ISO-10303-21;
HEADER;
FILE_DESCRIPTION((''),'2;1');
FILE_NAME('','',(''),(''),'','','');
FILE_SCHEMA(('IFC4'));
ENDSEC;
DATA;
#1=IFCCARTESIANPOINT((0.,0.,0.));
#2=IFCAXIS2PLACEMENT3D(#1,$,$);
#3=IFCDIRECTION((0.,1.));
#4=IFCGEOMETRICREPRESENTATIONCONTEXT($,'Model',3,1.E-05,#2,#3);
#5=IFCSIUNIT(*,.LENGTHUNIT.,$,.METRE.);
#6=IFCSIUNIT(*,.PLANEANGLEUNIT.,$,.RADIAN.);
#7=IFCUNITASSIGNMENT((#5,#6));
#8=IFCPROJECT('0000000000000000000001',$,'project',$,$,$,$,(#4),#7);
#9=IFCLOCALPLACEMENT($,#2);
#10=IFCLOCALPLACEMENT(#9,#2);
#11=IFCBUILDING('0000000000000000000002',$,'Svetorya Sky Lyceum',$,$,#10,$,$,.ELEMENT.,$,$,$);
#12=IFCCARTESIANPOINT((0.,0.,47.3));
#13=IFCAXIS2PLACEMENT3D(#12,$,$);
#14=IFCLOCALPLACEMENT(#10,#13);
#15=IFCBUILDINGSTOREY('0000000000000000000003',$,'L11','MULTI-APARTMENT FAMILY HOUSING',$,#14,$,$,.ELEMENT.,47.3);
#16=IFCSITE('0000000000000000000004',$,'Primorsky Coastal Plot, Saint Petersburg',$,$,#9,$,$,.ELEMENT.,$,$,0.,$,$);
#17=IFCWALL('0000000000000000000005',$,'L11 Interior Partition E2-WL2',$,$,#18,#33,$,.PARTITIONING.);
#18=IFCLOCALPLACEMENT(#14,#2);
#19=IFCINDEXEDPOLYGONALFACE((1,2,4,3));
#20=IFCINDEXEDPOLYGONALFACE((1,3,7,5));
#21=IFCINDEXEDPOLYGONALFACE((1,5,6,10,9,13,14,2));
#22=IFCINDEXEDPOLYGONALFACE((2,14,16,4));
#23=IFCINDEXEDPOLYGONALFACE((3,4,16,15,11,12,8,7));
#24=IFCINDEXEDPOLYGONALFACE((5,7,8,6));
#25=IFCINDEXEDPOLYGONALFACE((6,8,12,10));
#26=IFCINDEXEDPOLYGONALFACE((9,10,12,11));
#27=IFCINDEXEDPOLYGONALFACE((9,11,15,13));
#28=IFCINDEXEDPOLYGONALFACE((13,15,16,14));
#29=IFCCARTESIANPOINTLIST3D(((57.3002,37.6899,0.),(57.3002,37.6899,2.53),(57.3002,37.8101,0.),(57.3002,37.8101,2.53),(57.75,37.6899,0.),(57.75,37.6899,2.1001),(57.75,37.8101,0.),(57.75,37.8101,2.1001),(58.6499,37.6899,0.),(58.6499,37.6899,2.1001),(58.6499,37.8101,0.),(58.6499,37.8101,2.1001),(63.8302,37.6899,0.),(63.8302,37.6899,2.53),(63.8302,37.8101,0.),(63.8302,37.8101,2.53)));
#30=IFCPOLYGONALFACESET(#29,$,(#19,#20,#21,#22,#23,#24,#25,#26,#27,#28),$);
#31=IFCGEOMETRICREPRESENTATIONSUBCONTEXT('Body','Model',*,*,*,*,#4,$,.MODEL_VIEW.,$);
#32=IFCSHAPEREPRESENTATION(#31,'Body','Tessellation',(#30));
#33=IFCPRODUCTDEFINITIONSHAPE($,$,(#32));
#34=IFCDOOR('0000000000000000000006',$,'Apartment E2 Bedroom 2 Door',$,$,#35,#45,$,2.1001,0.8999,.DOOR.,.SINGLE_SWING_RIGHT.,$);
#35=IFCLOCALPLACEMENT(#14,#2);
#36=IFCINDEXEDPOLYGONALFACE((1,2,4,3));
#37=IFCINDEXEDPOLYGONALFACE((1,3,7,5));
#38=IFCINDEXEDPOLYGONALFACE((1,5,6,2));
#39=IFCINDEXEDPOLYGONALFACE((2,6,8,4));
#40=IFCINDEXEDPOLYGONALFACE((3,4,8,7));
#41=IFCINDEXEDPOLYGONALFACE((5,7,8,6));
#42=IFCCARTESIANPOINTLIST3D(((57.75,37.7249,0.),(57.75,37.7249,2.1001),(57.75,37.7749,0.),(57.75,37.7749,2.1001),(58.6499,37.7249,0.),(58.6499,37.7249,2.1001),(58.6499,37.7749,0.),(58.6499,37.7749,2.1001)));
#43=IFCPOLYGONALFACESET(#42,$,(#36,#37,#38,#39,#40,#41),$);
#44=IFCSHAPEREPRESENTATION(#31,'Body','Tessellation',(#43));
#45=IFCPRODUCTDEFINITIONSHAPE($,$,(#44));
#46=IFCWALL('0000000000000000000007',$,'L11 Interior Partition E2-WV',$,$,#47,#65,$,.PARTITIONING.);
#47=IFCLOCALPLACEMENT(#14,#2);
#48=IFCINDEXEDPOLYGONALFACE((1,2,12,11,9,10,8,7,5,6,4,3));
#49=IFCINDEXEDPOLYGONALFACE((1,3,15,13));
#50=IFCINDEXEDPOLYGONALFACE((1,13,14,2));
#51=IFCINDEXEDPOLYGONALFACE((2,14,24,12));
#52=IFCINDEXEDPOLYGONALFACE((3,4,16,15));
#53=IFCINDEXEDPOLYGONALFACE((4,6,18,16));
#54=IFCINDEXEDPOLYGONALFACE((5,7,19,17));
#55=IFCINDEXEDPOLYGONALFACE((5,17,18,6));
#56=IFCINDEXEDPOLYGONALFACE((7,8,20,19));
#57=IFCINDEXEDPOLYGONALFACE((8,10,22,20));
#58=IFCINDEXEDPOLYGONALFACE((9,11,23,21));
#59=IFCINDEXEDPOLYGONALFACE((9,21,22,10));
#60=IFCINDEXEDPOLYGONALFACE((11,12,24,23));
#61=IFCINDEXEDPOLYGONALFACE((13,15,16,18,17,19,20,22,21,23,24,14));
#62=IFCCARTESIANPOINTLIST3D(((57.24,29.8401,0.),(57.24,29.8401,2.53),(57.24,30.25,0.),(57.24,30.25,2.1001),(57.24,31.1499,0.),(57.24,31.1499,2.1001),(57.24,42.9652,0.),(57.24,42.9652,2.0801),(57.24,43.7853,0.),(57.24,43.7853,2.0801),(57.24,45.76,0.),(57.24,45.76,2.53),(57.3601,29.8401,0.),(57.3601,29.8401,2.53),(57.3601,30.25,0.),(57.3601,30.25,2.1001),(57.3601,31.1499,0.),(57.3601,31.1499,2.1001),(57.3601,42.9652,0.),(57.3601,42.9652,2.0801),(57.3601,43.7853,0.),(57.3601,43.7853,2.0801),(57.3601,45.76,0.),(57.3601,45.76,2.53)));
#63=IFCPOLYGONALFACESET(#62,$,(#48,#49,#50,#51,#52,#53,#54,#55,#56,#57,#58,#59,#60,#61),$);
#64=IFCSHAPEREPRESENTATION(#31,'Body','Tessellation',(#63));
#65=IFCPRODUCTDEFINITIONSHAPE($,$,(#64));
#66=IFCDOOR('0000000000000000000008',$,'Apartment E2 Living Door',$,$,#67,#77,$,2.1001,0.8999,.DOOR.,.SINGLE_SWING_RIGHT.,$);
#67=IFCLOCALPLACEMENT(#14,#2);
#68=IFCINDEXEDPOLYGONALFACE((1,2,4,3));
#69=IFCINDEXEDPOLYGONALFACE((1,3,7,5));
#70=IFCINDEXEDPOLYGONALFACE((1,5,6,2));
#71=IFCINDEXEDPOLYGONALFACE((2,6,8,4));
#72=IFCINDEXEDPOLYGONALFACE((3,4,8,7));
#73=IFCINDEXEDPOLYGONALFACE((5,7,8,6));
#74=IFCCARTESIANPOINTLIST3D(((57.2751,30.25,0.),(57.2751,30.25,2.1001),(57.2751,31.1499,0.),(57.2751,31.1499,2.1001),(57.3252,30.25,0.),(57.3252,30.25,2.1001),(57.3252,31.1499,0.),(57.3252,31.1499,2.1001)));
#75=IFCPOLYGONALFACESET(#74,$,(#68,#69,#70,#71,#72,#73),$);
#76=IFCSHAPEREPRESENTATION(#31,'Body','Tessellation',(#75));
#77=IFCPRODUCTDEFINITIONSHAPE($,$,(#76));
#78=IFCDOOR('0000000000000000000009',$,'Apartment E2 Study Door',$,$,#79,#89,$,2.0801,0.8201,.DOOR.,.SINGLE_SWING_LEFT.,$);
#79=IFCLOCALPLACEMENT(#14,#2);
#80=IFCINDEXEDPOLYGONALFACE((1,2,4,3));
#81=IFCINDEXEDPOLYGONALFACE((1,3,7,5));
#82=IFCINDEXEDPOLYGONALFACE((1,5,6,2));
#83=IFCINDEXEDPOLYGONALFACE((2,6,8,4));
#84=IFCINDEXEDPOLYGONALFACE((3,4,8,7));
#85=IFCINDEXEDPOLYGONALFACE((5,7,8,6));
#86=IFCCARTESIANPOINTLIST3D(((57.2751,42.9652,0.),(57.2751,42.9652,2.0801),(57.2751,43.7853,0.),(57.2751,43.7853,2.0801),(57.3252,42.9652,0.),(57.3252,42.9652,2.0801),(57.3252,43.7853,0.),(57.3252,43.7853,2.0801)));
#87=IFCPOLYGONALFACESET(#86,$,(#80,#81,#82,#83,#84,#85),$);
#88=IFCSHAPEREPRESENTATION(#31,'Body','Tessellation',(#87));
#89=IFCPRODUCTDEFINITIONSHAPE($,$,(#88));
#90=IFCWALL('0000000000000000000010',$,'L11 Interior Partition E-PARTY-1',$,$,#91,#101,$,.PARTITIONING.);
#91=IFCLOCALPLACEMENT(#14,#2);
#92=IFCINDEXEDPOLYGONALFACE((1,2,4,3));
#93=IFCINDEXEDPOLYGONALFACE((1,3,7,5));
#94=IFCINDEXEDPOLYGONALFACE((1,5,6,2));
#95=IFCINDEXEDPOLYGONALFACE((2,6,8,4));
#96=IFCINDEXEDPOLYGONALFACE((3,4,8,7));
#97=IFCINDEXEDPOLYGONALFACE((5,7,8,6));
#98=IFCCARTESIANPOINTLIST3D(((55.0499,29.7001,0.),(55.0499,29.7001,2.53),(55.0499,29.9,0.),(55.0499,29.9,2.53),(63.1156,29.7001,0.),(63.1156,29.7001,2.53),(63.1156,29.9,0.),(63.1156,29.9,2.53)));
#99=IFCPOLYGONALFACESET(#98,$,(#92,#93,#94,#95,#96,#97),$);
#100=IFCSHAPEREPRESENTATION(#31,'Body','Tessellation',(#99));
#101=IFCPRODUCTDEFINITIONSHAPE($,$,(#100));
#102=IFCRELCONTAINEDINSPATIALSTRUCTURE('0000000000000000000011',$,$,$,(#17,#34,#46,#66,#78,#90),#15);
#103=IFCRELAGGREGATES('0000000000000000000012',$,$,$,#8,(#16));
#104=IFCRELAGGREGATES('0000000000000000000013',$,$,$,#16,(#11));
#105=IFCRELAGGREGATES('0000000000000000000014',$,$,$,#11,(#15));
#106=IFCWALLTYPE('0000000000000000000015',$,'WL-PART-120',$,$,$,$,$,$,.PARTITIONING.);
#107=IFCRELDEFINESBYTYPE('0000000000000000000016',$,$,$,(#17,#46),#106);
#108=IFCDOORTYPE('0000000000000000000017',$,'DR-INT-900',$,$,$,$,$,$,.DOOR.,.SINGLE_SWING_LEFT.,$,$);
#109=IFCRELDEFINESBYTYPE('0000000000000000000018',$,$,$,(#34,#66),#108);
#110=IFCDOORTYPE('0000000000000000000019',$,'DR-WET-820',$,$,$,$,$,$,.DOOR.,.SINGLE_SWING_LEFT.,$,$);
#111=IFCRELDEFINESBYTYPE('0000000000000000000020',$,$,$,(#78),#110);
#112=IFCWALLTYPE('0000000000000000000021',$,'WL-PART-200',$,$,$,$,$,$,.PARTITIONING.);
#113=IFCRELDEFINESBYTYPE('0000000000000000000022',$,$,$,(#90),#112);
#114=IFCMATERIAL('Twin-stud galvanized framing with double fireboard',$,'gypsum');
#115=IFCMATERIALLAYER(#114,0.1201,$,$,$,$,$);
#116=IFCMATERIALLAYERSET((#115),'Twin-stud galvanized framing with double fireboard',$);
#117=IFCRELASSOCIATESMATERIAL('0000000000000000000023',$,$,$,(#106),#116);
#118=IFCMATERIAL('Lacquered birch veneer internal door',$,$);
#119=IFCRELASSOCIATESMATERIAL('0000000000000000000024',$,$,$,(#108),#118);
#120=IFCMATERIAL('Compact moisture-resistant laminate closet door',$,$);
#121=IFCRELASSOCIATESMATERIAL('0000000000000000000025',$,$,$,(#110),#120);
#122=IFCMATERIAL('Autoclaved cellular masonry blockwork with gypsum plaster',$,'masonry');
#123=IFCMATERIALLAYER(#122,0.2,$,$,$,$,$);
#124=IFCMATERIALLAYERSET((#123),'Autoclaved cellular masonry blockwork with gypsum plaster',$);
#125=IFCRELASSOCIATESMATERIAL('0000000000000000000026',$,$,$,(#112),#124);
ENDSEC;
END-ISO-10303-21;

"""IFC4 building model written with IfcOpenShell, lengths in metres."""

from ifc_helpers import new_model, si_unit, direction, frame, frame_2d, origin, place, context, subcontext, project, spatial, rectangle, extrude, material, layer, layer_set, type_object, element, fill, save


model = new_model("IFC4")

# Units and contexts
model_context = context("Model", 3, precision=1e-05, world=origin(), true_north=direction((0.0, 1.0)))
body_context = subcontext(model_context, "Body", "Model", "MODEL_VIEW")
ifc_project = project(units=[si_unit("LENGTHUNIT", "METRE"), si_unit("PLANEANGLEUNIT", "RADIAN")], contexts=[model_context])

# Site, building, storey
site_placement = place(None, origin())
site = spatial("IfcSite", under=ifc_project, at=site_placement, Name="Primorsky Coastal Plot, Saint Petersburg", CompositionType="ELEMENT", RefElevation=0.0)
building_placement = place(site_placement, origin())
building = spatial("IfcBuilding", under=site, at=building_placement, Name="Svetorya Sky Lyceum", CompositionType="ELEMENT")
storey_placement = place(building_placement, frame((0.0, 0.0, 47.3)))
storey = spatial("IfcBuildingStorey", under=building, at=storey_placement, Name="L11", Description="MULTI-APARTMENT FAMILY HOUSING", CompositionType="ELEMENT", Elevation=47.3)

# Wall, opening, door
ifc_material_1 = material(Name="Twin-stud galvanized framing with double fireboard", Category="gypsum")
ifc_layer_1 = layer(ifc_material_1, 0.1201)
ifc_layer_set_1 = layer_set([ifc_layer_1], Name="Twin-stud galvanized framing with double fireboard")
wall_type_1 = type_object("IfcWallType", Name="WL-PART-120", PredefinedType="PARTITIONING", material=ifc_layer_set_1)
ifc_material_2 = material(Name="Lacquered birch veneer internal door")
door_type_1 = type_object("IfcDoorType", Name="DR-INT-900", OperationType="SINGLE_SWING_LEFT", PredefinedType="DOOR", material=ifc_material_2)
wall_1_placement = place(storey_placement, frame((57.3, 37.75, 0.0), z_axis=(0.0, 0.0, 1.0), x_axis=(1.0, 0.0, 0.0)))
wall_1 = element("IfcWall", 1, at=wall_1_placement, inside=storey, type_object=wall_type_1, Name="L11 Interior Partition E2-WL2", PredefinedType="PARTITIONING", context=body_context, shape_type="SweptSolid", body=[
    extrude(rectangle(XDim=6.53, YDim=0.1201, at=frame_2d((3.2651, 0.0))), origin(), (0.0, 0.0, 1.0), 2.53),
])
opening_1_placement = place(wall_1_placement, frame((0.45, 0.0, 0.0)))
opening_1 = element("IfcOpeningElement", 2, at=opening_1_placement, cuts=wall_1, PredefinedType="OPENING", context=body_context, shape_type="SweptSolid", body=[
    extrude(rectangle(XDim=0.8999, YDim=2.1001, at=frame_2d((0.45, 1.05))), frame((0.0, 0.0701, 0.0), z_axis=(0.0, -1.0, 0.0), x_axis=(1.0, 0.0, 0.0)), (0.0, 0.0, 1.0), 0.1401),
])
door_1_placement = place(opening_1_placement, origin())
door_1 = element("IfcDoor", 3, at=door_1_placement, inside=storey, type_object=door_type_1, Name="Apartment E2 Bedroom 2 Door", OperationType="SINGLE_SWING_RIGHT", OverallHeight=2.1001, OverallWidth=0.8999, PredefinedType="DOOR", context=body_context, shape_type="SweptSolid", body=[
    extrude(rectangle(XDim=0.8999, YDim=2.1001, at=frame_2d((0.45, 1.05))), frame((0.0, 0.0249, 0.0), z_axis=(0.0, -1.0, 0.0), x_axis=(1.0, 0.0, 0.0)), (0.0, 0.0, 1.0), 0.05),
])
fill(opening_1, door_1)

# Wall, openings, doors
wall_2_placement = place(storey_placement, frame((57.3, 29.8401, 0.0), z_axis=(0.0, 0.0, 1.0), x_axis=(0.0, 1.0, 0.0)))
wall_2 = element("IfcWall", 4, at=wall_2_placement, inside=storey, type_object=wall_type_1, Name="L11 Interior Partition E2-WV", PredefinedType="PARTITIONING", context=body_context, shape_type="SweptSolid", body=[
    extrude(rectangle(XDim=15.9199, YDim=0.1201, at=frame_2d((7.96, 0.0))), origin(), (0.0, 0.0, 1.0), 2.53),
])
opening_2_placement = place(wall_2_placement, frame((0.4099, 0.0, 0.0)))
opening_2 = element("IfcOpeningElement", 5, at=opening_2_placement, cuts=wall_2, PredefinedType="OPENING", context=body_context, shape_type="SweptSolid", body=[
    extrude(rectangle(XDim=0.8999, YDim=2.1001, at=frame_2d((0.45, 1.05))), frame((0.0, 0.0701, 0.0), z_axis=(0.0, -1.0, 0.0), x_axis=(1.0, 0.0, 0.0)), (0.0, 0.0, 1.0), 0.1401),
])
opening_3_placement = place(wall_2_placement, frame((13.125, 0.0, 0.0)))
opening_3 = element("IfcOpeningElement", 6, at=opening_3_placement, cuts=wall_2, PredefinedType="OPENING", context=body_context, shape_type="SweptSolid", body=[
    extrude(rectangle(XDim=0.8201, YDim=2.0801, at=frame_2d((0.4102, 1.04))), frame((0.0, 0.0701, 0.0), z_axis=(0.0, -1.0, 0.0), x_axis=(1.0, 0.0, 0.0)), (0.0, 0.0, 1.0), 0.1401),
])
door_2_placement = place(opening_2_placement, origin())
door_2 = element("IfcDoor", 7, at=door_2_placement, inside=storey, type_object=door_type_1, Name="Apartment E2 Living Door", OperationType="SINGLE_SWING_RIGHT", OverallHeight=2.1001, OverallWidth=0.8999, PredefinedType="DOOR", context=body_context, shape_type="SweptSolid", body=[
    extrude(rectangle(XDim=0.8999, YDim=2.1001, at=frame_2d((0.45, 1.05))), frame((0.0, 0.0249, 0.0), z_axis=(0.0, -1.0, 0.0), x_axis=(1.0, 0.0, 0.0)), (0.0, 0.0, 1.0), 0.05),
])
fill(opening_2, door_2)
ifc_material_3 = material(Name="Compact moisture-resistant laminate closet door")
door_type_2 = type_object("IfcDoorType", Name="DR-WET-820", OperationType="SINGLE_SWING_LEFT", PredefinedType="DOOR", material=ifc_material_3)
door_3_placement = place(opening_3_placement, origin())
door_3 = element("IfcDoor", 8, at=door_3_placement, inside=storey, type_object=door_type_2, Name="Apartment E2 Study Door", OperationType="SINGLE_SWING_LEFT", OverallHeight=2.0801, OverallWidth=0.8201, PredefinedType="DOOR", context=body_context, shape_type="SweptSolid", body=[
    extrude(rectangle(XDim=0.8201, YDim=2.0801, at=frame_2d((0.4102, 1.04))), frame((0.0, 0.0249, 0.0), z_axis=(0.0, -1.0, 0.0), x_axis=(1.0, 0.0, 0.0)), (0.0, 0.0, 1.0), 0.05),
])
fill(opening_3, door_3)

# Wall
ifc_material_4 = material(Name="Autoclaved cellular masonry blockwork with gypsum plaster", Category="masonry")
ifc_layer_2 = layer(ifc_material_4, 0.2)
ifc_layer_set_2 = layer_set([ifc_layer_2], Name="Autoclaved cellular masonry blockwork with gypsum plaster")
wall_type_2 = type_object("IfcWallType", Name="WL-PART-200", PredefinedType="PARTITIONING", material=ifc_layer_set_2)
wall_3_placement = place(storey_placement, frame((55.05, 29.8, 0.0), z_axis=(0.0, 0.0, 1.0), x_axis=(1.0, 0.0, 0.0)))
element("IfcWall", 9, at=wall_3_placement, inside=storey, type_object=wall_type_2, Name="L11 Interior Partition E-PARTY-1", PredefinedType="PARTITIONING", context=body_context, shape_type="SweptSolid", body=[
    extrude(rectangle(XDim=8.0657, YDim=0.2, at=frame_2d((4.0327, 0.0))), origin(), (0.0, 0.0, 1.0), 2.53),
])

save(model, "model.ifc")
